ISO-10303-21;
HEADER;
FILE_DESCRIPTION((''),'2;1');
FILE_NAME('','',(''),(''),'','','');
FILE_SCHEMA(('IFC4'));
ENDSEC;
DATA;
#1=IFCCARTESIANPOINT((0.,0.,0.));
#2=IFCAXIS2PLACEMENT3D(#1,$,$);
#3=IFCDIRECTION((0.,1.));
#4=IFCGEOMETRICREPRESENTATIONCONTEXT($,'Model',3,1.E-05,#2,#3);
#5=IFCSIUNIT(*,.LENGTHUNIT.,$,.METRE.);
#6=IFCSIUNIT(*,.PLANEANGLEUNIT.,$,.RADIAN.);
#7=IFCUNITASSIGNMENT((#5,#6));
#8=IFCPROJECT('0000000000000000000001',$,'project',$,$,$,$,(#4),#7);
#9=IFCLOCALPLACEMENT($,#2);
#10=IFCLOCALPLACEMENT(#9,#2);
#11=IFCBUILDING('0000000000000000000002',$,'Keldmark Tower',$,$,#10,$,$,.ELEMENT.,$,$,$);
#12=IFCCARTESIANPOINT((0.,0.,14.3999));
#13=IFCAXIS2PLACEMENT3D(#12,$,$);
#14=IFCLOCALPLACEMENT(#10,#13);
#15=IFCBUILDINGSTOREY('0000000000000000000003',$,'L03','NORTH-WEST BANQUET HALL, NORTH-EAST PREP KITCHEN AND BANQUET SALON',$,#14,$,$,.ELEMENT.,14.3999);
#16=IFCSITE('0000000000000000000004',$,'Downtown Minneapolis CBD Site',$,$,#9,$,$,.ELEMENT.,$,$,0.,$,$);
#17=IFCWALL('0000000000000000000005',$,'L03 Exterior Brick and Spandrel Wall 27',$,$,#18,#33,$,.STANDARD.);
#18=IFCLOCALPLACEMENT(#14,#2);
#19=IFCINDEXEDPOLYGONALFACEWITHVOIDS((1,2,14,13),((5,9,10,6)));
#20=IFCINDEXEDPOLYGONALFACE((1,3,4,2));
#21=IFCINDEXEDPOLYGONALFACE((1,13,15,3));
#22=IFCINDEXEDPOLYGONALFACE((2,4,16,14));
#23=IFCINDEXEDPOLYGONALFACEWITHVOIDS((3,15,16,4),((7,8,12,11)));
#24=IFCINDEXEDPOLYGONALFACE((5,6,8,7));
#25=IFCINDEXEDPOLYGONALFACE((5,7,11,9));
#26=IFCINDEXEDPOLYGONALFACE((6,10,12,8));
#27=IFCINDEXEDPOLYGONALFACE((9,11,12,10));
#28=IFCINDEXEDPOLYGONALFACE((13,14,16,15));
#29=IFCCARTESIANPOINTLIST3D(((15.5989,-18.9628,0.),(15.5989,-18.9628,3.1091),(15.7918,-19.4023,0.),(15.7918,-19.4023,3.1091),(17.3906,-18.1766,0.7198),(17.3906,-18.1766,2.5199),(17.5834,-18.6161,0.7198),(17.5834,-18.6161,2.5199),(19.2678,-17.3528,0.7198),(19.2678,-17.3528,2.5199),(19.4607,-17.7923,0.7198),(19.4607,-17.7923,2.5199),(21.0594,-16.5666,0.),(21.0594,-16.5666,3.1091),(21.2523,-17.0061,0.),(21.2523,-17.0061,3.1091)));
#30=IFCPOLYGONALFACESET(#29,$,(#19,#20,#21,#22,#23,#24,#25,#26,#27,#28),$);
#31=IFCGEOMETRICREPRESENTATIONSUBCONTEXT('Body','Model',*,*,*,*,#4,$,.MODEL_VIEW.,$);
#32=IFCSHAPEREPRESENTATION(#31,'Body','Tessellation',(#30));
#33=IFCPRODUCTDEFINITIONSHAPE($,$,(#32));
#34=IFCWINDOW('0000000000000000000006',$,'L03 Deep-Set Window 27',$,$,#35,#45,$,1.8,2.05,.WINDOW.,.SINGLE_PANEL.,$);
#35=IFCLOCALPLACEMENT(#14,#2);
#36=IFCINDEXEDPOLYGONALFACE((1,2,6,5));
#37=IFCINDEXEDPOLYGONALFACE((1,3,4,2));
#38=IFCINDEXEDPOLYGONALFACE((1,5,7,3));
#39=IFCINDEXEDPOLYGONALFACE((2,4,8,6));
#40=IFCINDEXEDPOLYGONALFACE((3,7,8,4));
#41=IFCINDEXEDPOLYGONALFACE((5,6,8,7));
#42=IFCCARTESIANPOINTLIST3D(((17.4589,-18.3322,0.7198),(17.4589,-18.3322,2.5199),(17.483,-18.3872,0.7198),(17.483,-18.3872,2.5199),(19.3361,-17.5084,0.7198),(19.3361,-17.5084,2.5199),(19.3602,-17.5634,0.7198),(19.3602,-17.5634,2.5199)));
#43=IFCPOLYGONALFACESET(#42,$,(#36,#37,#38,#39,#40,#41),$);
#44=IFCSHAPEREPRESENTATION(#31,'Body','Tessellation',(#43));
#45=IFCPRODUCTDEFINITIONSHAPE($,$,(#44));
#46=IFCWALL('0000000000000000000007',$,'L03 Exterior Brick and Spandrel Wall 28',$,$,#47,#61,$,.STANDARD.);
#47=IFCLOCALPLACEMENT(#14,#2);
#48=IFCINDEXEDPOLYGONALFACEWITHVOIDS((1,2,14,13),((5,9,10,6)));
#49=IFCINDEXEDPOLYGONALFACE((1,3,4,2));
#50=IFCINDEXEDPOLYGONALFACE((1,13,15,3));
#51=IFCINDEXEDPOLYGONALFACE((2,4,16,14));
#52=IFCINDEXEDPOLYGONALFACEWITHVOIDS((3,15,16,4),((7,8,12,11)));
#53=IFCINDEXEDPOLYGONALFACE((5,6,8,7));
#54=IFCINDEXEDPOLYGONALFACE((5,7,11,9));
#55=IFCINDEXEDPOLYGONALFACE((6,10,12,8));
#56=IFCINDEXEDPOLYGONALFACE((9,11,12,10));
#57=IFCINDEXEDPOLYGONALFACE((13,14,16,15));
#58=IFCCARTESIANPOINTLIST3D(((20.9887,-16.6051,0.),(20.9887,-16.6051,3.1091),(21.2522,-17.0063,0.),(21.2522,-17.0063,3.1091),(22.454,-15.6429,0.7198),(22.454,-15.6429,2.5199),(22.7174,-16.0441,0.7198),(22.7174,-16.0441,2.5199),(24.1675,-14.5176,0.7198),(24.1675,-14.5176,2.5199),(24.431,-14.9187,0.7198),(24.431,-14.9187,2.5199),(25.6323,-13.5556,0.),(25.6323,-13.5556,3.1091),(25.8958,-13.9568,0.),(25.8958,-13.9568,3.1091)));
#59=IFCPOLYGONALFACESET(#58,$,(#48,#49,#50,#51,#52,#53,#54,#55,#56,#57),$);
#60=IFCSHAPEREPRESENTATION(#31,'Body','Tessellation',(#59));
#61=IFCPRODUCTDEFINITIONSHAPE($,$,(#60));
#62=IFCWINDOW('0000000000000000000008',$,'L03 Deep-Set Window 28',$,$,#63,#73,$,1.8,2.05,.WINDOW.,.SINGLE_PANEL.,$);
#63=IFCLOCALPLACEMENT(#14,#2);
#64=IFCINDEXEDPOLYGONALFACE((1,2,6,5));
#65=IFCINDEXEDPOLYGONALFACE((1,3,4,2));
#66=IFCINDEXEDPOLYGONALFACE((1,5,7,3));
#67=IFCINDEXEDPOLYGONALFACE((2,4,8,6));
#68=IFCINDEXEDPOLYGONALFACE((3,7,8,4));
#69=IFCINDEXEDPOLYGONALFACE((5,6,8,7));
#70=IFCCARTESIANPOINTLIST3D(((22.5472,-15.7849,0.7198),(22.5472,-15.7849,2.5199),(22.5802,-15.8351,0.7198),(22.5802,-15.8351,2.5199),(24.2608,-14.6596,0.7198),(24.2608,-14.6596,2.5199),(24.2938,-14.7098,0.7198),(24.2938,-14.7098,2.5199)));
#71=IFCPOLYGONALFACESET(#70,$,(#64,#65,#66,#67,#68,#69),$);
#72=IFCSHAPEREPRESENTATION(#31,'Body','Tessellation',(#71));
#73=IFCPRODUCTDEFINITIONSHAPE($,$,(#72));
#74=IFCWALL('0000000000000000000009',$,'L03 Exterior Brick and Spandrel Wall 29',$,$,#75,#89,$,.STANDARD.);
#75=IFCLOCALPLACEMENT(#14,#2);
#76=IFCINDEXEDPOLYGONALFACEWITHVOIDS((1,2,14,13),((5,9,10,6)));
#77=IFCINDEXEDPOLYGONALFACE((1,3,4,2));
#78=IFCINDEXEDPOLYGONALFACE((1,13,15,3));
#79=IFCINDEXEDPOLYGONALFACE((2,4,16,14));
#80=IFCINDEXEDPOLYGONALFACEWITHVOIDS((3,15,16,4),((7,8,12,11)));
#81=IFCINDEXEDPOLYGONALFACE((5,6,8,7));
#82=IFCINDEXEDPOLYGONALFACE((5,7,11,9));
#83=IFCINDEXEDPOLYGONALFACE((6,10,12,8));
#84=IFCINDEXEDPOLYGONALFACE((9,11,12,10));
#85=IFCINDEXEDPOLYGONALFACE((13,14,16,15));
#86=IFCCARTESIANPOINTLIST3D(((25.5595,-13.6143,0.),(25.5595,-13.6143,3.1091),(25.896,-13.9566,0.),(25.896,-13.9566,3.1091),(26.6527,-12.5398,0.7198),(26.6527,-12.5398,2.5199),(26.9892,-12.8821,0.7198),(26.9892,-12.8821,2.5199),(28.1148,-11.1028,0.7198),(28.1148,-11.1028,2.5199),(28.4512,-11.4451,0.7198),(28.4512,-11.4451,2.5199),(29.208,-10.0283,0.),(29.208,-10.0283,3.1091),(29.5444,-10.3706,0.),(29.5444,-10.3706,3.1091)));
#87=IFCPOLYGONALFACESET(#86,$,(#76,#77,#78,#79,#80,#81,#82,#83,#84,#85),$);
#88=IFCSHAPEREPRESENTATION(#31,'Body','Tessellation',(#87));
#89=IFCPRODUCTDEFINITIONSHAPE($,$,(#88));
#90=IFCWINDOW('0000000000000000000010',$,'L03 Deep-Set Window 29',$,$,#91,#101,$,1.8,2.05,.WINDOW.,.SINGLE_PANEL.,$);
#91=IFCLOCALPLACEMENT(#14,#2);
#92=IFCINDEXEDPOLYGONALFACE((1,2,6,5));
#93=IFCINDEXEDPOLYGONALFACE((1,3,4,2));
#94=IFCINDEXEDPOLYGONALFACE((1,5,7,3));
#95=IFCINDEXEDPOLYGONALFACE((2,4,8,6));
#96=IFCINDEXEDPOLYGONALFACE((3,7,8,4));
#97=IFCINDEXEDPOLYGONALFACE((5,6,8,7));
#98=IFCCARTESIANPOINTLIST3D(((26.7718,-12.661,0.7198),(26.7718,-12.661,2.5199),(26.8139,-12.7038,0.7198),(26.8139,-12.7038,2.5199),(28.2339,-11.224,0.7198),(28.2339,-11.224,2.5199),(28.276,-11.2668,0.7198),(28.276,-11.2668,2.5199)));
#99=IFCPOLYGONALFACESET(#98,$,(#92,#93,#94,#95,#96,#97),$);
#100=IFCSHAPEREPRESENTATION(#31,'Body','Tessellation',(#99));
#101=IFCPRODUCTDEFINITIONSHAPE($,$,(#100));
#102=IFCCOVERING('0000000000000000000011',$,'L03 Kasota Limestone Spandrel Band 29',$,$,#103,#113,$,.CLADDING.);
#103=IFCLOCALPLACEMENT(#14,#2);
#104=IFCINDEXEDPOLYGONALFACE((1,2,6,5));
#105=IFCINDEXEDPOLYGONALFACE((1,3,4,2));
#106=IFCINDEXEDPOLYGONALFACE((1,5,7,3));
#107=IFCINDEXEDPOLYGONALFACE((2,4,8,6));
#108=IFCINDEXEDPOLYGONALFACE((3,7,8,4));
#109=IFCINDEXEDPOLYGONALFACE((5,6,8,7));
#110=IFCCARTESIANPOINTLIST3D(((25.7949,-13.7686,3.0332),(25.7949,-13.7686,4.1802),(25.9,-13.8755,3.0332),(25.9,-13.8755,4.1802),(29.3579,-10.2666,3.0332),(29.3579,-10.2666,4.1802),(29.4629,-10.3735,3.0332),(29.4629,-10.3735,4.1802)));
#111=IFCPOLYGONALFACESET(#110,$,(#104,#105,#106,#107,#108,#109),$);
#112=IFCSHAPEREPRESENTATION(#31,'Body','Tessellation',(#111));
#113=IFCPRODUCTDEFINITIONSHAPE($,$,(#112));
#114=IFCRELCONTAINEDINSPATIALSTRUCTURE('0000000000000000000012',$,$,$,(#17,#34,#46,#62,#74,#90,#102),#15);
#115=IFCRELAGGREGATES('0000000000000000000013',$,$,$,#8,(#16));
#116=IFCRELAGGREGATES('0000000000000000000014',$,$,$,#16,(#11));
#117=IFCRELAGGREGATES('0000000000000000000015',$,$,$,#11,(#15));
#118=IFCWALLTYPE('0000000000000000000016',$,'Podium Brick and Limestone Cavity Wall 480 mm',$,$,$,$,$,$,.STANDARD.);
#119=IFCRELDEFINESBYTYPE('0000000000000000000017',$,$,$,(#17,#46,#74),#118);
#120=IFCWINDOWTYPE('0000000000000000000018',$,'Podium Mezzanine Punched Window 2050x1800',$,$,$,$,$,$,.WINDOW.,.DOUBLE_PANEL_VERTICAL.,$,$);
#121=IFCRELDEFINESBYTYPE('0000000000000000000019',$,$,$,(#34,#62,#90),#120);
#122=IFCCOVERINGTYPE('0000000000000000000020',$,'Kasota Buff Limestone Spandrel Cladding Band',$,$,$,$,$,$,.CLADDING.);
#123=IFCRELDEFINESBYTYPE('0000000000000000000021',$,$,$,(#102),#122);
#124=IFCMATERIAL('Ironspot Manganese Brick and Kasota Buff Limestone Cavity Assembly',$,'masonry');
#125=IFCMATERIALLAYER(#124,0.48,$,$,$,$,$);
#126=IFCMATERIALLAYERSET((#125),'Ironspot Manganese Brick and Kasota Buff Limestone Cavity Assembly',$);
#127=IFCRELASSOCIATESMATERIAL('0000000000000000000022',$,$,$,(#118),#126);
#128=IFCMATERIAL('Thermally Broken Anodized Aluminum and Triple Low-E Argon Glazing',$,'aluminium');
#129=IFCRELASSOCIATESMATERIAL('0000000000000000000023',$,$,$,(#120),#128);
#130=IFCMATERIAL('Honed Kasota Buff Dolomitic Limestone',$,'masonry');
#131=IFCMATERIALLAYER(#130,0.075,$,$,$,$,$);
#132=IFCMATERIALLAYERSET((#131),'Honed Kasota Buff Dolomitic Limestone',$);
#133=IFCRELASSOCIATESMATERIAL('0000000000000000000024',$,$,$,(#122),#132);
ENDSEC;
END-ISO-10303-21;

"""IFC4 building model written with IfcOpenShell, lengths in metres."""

from ifc_helpers import new_model, si_unit, direction, frame, frame_2d, origin, origin_2d, place, context, subcontext, project, spatial, rectangle, extrude, material, layer, layer_set, type_object, element, fill, save


model = new_model("IFC4")

# Units and contexts
model_context = context("Model", 3, precision=1e-05, world=origin(), true_north=direction((0.0, 1.0)))
body_context = subcontext(model_context, "Body", "Model", "MODEL_VIEW")
ifc_project = project(units=[si_unit("LENGTHUNIT", "METRE"), si_unit("PLANEANGLEUNIT", "RADIAN")], contexts=[model_context])

# Site, building, storey
site_placement = place(None, origin())
site = spatial("IfcSite", under=ifc_project, at=site_placement, Name="Downtown Minneapolis CBD Site", CompositionType="ELEMENT", RefElevation=0.0)
building_placement = place(site_placement, origin())
building = spatial("IfcBuilding", under=site, at=building_placement, Name="Keldmark Tower", CompositionType="ELEMENT")
storey_placement = place(building_placement, frame((0.0, 0.0, 14.3999)))
storey = spatial("IfcBuildingStorey", under=building, at=storey_placement, Name="L03", Description="NORTH-WEST BANQUET HALL, NORTH-EAST PREP KITCHEN AND BANQUET SALON", CompositionType="ELEMENT", Elevation=14.3999)

# Walls, openings, windows
ifc_material_1 = material(Name="Ironspot Manganese Brick and Kasota Buff Limestone Cavity Assembly", Category="masonry")
ifc_layer_1 = layer(ifc_material_1, 0.48)
ifc_layer_set_1 = layer_set([ifc_layer_1], Name="Ironspot Manganese Brick and Kasota Buff Limestone Cavity Assembly")
wall_type_1 = type_object("IfcWallType", Name="Podium Brick and Limestone Cavity Wall 480 mm", PredefinedType="STANDARD", material=ifc_layer_set_1)
ifc_material_2 = material(Name="Thermally Broken Anodized Aluminum and Triple Low-E Argon Glazing", Category="aluminium")
window_type = type_object("IfcWindowType", Name="Podium Mezzanine Punched Window 2050x1800", PartitioningType="DOUBLE_PANEL_VERTICAL", PredefinedType="WINDOW", material=ifc_material_2)
wall_1_placement = place(storey_placement, frame((21.1558, -16.7864, 0.0), z_axis=(0.0, 0.0, 1.0), x_axis=(-0.915708, -0.401845, 0.0)))
wall_1 = element("IfcWall", 1, at=wall_1_placement, inside=storey, type_object=wall_type_1, Name="L03 Exterior Brick and Spandrel Wall 27", PredefinedType="STANDARD", context=body_context, shape_type="SweptSolid", body=[
    extrude(rectangle(XDim=5.9631, YDim=0.48, at=frame_2d((2.9814, 0.0))), origin(), (0.0, 0.0, 1.0), 3.1091),
])
opening_1_placement = place(wall_1_placement, frame((1.9565, 0.0, 0.72)))
opening_1 = element("IfcOpeningElement", 2, at=opening_1_placement, cuts=wall_1, PredefinedType="OPENING", context=body_context, shape_type="SweptSolid", body=[
    extrude(rectangle(XDim=2.05, YDim=1.8, at=frame_2d((1.0249, 0.8999))), frame((0.0, 0.25, 0.0), z_axis=(0.0, -1.0, 0.0), x_axis=(1.0, 0.0, 0.0)), (0.0, 0.0, 1.0), 0.5),
])
window_1_placement = place(opening_1_placement, origin())
window_1 = element("IfcWindow", 3, at=window_1_placement, inside=storey, type_object=window_type, Name="L03 Deep-Set Window 27", OverallHeight=1.8, OverallWidth=2.05, PartitioningType="SINGLE_PANEL", PredefinedType="WINDOW", context=body_context, shape_type="SweptSolid", body=[
    extrude(rectangle(XDim=2.05, YDim=1.8, at=frame_2d((1.0249, 0.8999))), frame((0.0, -0.01, 0.0), z_axis=(0.0, -1.0, 0.0), x_axis=(1.0, 0.0, 0.0)), (0.0, 0.0, 1.0), 0.0601),
])
fill(opening_1, window_1)
wall_2_placement = place(storey_placement, frame((25.7642, -13.7561, 0.0), z_axis=(0.0, 0.0, 1.0), x_axis=(-0.835864, -0.548937, 0.0)))
wall_2 = element("IfcWall", 4, at=wall_2_placement, inside=storey, type_object=wall_type_1, Name="L03 Exterior Brick and Spandrel Wall 28", PredefinedType="STANDARD", context=body_context, shape_type="SweptSolid", body=[
    extrude(rectangle(XDim=5.5554, YDim=0.48, at=frame_2d((2.7778, 0.0))), origin(), (0.0, 0.0, 1.0), 3.1091),
])
opening_2_placement = place(wall_2_placement, frame((1.7527, 0.0, 0.72)))
opening_2 = element("IfcOpeningElement", 5, at=opening_2_placement, cuts=wall_2, PredefinedType="OPENING", context=body_context, shape_type="SweptSolid", body=[
    extrude(rectangle(XDim=2.05, YDim=1.8, at=frame_2d((1.0249, 0.8999))), frame((0.0, 0.25, 0.0), z_axis=(0.0, -1.0, 0.0), x_axis=(1.0, 0.0, 0.0)), (0.0, 0.0, 1.0), 0.5),
])
window_2_placement = place(opening_2_placement, origin())
window_2 = element("IfcWindow", 6, at=window_2_placement, inside=storey, type_object=window_type, Name="L03 Deep-Set Window 28", OverallHeight=1.8, OverallWidth=2.05, PartitioningType="SINGLE_PANEL", PredefinedType="WINDOW", context=body_context, shape_type="SweptSolid", body=[
    extrude(rectangle(XDim=2.05, YDim=1.8, at=frame_2d((1.0249, 0.8999))), frame((0.0, -0.01, 0.0), z_axis=(0.0, -1.0, 0.0), x_axis=(1.0, 0.0, 0.0)), (0.0, 0.0, 1.0), 0.0601),
])
fill(opening_2, window_2)
wall_3_placement = place(storey_placement, frame((29.3762, -10.1995, 0.0), z_axis=(0.0, 0.0, 1.0), x_axis=(-0.713189, -0.700972, 0.0)))
wall_3 = element("IfcWall", 7, at=wall_3_placement, inside=storey, type_object=wall_type_1, Name="L03 Exterior Brick and Spandrel Wall 29", PredefinedType="STANDARD", context=body_context, shape_type="SweptSolid", body=[
    extrude(rectangle(XDim=5.1157, YDim=0.48, at=frame_2d((2.5579, 0.0))), origin(), (0.0, 0.0, 1.0), 3.1091),
])
opening_3_placement = place(wall_3_placement, frame((1.533, 0.0, 0.72)))
opening_3 = element("IfcOpeningElement", 8, at=opening_3_placement, cuts=wall_3, PredefinedType="OPENING", context=body_context, shape_type="SweptSolid", body=[
    extrude(rectangle(XDim=2.05, YDim=1.8, at=frame_2d((1.0249, 0.8999))), frame((0.0, 0.25, 0.0), z_axis=(0.0, -1.0, 0.0), x_axis=(1.0, 0.0, 0.0)), (0.0, 0.0, 1.0), 0.5),
])
window_3_placement = place(opening_3_placement, origin())
window_3 = element("IfcWindow", 9, at=window_3_placement, inside=storey, type_object=window_type, Name="L03 Deep-Set Window 29", OverallHeight=1.8, OverallWidth=2.05, PartitioningType="SINGLE_PANEL", PredefinedType="WINDOW", context=body_context, shape_type="SweptSolid", body=[
    extrude(rectangle(XDim=2.05, YDim=1.8, at=frame_2d((1.0249, 0.8999))), frame((0.0, -0.01, 0.0), z_axis=(0.0, -1.0, 0.0), x_axis=(1.0, 0.0, 0.0)), (0.0, 0.0, 1.0), 0.0601),
])
fill(opening_3, window_3)

# Covering
ifc_material_3 = material(Name="Honed Kasota Buff Dolomitic Limestone", Category="masonry")
ifc_layer_2 = layer(ifc_material_3, 0.075)
ifc_layer_set_2 = layer_set([ifc_layer_2], Name="Honed Kasota Buff Dolomitic Limestone")
covering_type = type_object("IfcCoveringType", Name="Kasota Buff Limestone Spandrel Cladding Band", PredefinedType="CLADDING", material=ifc_layer_set_2)
covering_placement = place(storey_placement, frame((27.6289, -12.071, 3.0332), z_axis=(0.0, 0.0, 1.0), x_axis=(0.713189, 0.700972, 0.0)))
element("IfcCovering", 10, at=covering_placement, inside=storey, type_object=covering_type, Name="L03 Kasota Limestone Spandrel Band 29", PredefinedType="CLADDING", context=body_context, shape_type="SweptSolid", body=[
    extrude(rectangle(XDim=4.9958, YDim=0.1499, at=origin_2d()), origin(), (0.0, 0.0, 1.0), 1.147),
])

save(model, "model.ifc")
